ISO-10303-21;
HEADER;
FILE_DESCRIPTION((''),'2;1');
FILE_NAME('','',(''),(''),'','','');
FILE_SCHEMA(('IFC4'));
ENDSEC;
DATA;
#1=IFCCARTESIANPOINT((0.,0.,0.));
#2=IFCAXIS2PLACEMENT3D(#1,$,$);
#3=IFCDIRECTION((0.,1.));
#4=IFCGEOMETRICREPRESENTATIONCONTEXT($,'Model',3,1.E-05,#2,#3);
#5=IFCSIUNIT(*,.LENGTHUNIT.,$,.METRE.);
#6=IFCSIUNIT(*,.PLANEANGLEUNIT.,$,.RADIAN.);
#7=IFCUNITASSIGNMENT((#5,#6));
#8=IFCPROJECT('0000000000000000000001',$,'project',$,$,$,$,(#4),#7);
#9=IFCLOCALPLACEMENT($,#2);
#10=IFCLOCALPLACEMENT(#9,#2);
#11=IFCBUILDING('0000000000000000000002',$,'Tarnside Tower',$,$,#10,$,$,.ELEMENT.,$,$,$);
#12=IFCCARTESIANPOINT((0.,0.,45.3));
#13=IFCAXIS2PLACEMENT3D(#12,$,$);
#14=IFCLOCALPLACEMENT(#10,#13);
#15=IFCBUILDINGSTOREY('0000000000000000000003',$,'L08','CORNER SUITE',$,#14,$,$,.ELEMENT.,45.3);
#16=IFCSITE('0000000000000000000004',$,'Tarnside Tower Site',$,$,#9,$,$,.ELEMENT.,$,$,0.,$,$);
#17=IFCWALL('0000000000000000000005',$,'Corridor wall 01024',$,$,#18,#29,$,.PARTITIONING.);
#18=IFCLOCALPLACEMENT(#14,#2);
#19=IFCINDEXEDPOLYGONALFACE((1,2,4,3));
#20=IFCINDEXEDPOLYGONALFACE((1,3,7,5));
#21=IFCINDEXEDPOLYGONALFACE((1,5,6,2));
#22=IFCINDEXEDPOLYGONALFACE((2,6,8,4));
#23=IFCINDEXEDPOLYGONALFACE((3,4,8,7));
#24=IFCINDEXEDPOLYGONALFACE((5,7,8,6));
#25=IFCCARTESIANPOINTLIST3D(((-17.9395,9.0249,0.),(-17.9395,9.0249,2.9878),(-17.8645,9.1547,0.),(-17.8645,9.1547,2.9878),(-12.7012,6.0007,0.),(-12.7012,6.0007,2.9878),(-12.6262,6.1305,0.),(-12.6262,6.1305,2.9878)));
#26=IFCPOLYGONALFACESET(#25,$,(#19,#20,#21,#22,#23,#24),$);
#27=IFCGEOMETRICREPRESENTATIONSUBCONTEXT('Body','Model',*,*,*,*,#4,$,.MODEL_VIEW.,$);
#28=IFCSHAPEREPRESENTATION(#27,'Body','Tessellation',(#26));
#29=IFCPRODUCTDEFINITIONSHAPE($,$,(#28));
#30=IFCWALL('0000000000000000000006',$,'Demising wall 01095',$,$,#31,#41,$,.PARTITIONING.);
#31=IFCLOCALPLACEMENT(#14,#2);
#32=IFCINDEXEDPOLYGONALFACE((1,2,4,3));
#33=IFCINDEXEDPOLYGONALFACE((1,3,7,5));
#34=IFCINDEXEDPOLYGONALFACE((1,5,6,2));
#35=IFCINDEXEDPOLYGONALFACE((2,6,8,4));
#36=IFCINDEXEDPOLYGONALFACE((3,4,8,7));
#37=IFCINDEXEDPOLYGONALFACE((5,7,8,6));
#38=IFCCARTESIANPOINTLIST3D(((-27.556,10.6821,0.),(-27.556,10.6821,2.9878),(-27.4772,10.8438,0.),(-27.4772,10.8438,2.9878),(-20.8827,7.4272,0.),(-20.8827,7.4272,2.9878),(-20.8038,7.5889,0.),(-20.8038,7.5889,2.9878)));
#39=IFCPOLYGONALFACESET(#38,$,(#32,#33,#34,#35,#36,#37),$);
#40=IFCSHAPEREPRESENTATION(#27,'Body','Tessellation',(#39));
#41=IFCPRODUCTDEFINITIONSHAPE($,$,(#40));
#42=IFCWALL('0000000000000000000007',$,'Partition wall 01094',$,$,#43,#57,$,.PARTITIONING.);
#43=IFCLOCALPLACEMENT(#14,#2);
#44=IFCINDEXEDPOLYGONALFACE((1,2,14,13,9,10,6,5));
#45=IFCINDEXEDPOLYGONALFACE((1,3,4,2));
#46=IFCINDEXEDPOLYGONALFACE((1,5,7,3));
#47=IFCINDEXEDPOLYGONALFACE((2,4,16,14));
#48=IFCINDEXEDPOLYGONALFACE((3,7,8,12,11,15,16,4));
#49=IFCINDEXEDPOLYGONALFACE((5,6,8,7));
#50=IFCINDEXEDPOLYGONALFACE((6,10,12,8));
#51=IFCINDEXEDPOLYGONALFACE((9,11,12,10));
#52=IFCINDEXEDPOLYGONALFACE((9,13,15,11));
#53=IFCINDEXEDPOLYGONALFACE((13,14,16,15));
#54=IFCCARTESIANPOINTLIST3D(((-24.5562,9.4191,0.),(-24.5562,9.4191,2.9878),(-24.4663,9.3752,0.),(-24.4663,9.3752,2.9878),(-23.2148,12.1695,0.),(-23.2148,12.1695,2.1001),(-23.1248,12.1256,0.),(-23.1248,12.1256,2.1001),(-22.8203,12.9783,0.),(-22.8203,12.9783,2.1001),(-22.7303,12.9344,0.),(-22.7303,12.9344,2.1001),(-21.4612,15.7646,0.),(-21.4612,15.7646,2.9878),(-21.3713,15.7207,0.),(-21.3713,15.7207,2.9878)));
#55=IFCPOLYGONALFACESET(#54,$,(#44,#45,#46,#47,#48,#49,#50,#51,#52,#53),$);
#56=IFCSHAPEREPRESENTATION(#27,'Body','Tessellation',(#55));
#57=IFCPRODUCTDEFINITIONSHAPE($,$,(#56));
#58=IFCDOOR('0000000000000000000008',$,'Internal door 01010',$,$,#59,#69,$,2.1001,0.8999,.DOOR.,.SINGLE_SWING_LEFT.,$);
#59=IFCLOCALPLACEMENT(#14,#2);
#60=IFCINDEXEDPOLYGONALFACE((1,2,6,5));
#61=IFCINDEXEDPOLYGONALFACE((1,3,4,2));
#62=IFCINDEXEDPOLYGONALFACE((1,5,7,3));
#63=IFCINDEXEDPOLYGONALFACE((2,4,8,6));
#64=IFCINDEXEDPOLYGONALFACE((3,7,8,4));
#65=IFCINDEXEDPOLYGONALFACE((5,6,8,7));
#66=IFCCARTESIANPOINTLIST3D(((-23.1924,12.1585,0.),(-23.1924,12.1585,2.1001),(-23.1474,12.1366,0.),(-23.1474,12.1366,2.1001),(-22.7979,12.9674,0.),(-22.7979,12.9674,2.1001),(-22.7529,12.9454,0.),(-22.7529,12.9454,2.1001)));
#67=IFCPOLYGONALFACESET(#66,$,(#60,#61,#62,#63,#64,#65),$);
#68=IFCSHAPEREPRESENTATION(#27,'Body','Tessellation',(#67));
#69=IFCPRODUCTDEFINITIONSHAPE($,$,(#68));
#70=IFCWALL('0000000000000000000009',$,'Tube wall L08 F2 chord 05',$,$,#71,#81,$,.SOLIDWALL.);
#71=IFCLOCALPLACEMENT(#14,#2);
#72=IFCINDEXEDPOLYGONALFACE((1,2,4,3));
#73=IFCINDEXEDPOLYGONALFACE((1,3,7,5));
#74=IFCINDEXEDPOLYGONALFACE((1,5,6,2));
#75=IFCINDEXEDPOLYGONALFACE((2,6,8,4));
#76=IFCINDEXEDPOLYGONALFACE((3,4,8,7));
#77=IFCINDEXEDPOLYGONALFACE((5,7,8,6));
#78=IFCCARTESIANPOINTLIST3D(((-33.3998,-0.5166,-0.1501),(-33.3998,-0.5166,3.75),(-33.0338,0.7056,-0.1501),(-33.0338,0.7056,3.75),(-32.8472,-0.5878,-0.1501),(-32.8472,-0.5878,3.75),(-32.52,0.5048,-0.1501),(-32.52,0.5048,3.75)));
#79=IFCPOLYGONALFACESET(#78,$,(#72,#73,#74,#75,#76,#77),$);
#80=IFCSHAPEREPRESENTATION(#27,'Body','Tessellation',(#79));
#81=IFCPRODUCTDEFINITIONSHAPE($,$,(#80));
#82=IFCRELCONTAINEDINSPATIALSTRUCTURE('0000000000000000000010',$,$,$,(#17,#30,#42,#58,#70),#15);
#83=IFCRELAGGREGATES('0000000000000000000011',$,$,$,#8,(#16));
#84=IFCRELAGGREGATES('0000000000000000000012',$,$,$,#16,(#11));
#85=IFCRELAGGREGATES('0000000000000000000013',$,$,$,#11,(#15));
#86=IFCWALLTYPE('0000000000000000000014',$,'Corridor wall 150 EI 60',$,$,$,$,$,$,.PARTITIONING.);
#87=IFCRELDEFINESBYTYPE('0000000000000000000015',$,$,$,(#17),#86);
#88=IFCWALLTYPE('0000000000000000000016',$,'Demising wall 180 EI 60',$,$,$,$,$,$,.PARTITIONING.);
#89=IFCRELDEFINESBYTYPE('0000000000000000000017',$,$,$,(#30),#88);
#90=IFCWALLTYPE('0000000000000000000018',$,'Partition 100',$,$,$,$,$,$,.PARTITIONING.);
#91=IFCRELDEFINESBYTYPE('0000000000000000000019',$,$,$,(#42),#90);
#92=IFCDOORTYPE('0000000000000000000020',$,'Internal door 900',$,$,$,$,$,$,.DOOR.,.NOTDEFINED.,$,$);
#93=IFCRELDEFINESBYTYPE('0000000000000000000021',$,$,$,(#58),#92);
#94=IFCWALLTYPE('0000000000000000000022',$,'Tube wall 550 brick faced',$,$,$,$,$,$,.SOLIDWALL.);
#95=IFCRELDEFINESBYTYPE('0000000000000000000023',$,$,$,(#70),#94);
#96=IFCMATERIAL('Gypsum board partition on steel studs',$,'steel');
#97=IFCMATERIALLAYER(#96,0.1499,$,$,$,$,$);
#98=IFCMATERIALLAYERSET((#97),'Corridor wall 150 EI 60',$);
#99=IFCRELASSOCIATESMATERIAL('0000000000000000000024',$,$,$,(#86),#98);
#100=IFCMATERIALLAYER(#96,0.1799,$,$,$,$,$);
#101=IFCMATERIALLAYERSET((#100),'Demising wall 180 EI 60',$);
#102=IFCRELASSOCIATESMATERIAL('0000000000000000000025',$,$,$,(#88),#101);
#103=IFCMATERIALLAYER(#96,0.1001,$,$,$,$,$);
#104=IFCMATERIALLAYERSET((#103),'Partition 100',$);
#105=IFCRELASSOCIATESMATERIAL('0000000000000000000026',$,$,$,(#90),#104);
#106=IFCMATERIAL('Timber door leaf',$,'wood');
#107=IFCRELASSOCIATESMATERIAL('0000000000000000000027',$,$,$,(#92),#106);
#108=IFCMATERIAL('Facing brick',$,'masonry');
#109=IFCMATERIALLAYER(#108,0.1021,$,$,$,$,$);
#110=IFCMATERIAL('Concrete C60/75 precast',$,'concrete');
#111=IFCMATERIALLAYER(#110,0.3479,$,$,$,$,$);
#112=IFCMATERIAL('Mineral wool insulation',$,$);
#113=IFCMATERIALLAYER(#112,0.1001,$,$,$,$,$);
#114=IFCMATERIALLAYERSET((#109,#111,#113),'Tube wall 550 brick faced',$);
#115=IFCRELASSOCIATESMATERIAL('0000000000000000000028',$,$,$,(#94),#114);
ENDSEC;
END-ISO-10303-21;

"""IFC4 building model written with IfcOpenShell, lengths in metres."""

from ifc_helpers import new_model, si_unit, direction, frame, frame_2d, origin, place, context, subcontext, project, spatial, polyline, rectangle, outline, extrude, material, layer, layer_set, type_object, element, fill, save


model = new_model("IFC4")

# Units and contexts
model_context = context("Model", 3, precision=1e-05, world=origin(), true_north=direction((0.0, 1.0)))
body_context = subcontext(model_context, "Body", "Model", "MODEL_VIEW")
ifc_project = project(units=[si_unit("LENGTHUNIT", "METRE"), si_unit("PLANEANGLEUNIT", "RADIAN")], contexts=[model_context])

# Site, building, storey
site_placement = place(None, origin())
site = spatial("IfcSite", under=ifc_project, at=site_placement, Name="Tarnside Tower Site", CompositionType="ELEMENT", RefElevation=0.0)
building_placement = place(site_placement, origin())
building = spatial("IfcBuilding", under=site, at=building_placement, Name="Tarnside Tower", CompositionType="ELEMENT")
storey_placement = place(building_placement, frame((0.0, 0.0, 45.3)))
storey = spatial("IfcBuildingStorey", under=building, at=storey_placement, Name="L08", Description="CORNER SUITE", CompositionType="ELEMENT", Elevation=45.3)

# Shared definitions
ifc_material_1 = material(Name="Gypsum board partition on steel studs", Category="steel")

# Shared definitions
ifc_material_2 = material(Name="Timber door leaf", Category="wood")

# Shared definitions
ifc_layer_1 = layer(ifc_material_1, 0.1499)
ifc_layer_set_1 = layer_set([ifc_layer_1], Name="Corridor wall 150 EI 60")
wall_type_1 = type_object("IfcWallType", Name="Corridor wall 150 EI 60", PredefinedType="PARTITIONING", material=ifc_layer_set_1)

# Walls
wall_1_placement = place(storey_placement, frame((-17.9021, 9.0898, 0.0), z_axis=(0.0, 0.0, 1.0), x_axis=(0.866036, -0.499981, 0.0)))
element("IfcWall", 1, at=wall_1_placement, inside=storey, type_object=wall_type_1, Name="Corridor wall 01024", PredefinedType="PARTITIONING", context=body_context, shape_type="SweptSolid", body=[
    extrude(rectangle(XDim=6.0486, YDim=0.1499, at=frame_2d((3.0244, 0.0))), origin(), (0.0, 0.0, 1.0), 2.9878),
])
ifc_layer_2 = layer(ifc_material_1, 0.1799)
ifc_layer_set_2 = layer_set([ifc_layer_2], Name="Demising wall 180 EI 60")
wall_type_2 = type_object("IfcWallType", Name="Demising wall 180 EI 60", PredefinedType="PARTITIONING", material=ifc_layer_set_2)
wall_2_placement = place(storey_placement, frame((-27.5166, 10.7629, 0.0), z_axis=(0.0, 0.0, 1.0), x_axis=(0.89879, -0.43838, 0.0)))
element("IfcWall", 2, at=wall_2_placement, inside=storey, type_object=wall_type_2, Name="Demising wall 01095", PredefinedType="PARTITIONING", context=body_context, shape_type="SweptSolid", body=[
    extrude(rectangle(XDim=7.4248, YDim=0.1799, at=frame_2d((3.7124, 0.0))), origin(), (0.0, 0.0, 1.0), 2.9878),
])

# Wall, opening, door
ifc_layer_3 = layer(ifc_material_1, 0.1001)
ifc_layer_set_3 = layer_set([ifc_layer_3], Name="Partition 100")
wall_type_3 = type_object("IfcWallType", Name="Partition 100", PredefinedType="PARTITIONING", material=ifc_layer_set_3)
wall_3_placement = place(storey_placement, frame((-21.4163, 15.7427, 0.0), z_axis=(0.0, 0.0, 1.0), x_axis=(-0.438381, -0.898789, 0.0)))
wall_3 = element("IfcWall", 3, at=wall_3_placement, inside=storey, type_object=wall_type_3, Name="Partition wall 01094", PredefinedType="PARTITIONING", context=body_context, shape_type="SweptSolid", body=[
    extrude(rectangle(XDim=7.0601, YDim=0.1001, at=frame_2d((3.53, 0.0))), origin(), (0.0, 0.0, 1.0), 2.9878),
])
opening_1_placement = place(wall_3_placement, frame((3.1001, 0.0, 0.0)))
opening_1 = element("IfcOpeningElement", 4, at=opening_1_placement, cuts=wall_3, PredefinedType="OPENING", context=body_context, shape_type="SweptSolid", body=[
    extrude(rectangle(XDim=0.8999, YDim=2.1001, at=frame_2d((0.45, 1.05))), frame((0.0, 0.0601, 0.0), z_axis=(0.0, -1.0, 0.0), x_axis=(1.0, 0.0, 0.0)), (0.0, 0.0, 1.0), 0.1201),
])
door_type_1 = type_object("IfcDoorType", Name="Internal door 900", OperationType="NOTDEFINED", PredefinedType="DOOR", material=ifc_material_2)
door_1_placement = place(opening_1_placement, origin())
door_1 = element("IfcDoor", 5, at=door_1_placement, inside=storey, type_object=door_type_1, Name="Internal door 01010", OperationType="SINGLE_SWING_LEFT", OverallHeight=2.1001, OverallWidth=0.8999, PredefinedType="DOOR", context=body_context, shape_type="SweptSolid", body=[
    extrude(rectangle(XDim=0.8999, YDim=2.1001, at=frame_2d((0.45, 1.05))), frame((0.0, 0.0249, 0.0), z_axis=(0.0, -1.0, 0.0), x_axis=(1.0, 0.0, 0.0)), (0.0, 0.0, 1.0), 0.05),
])
fill(opening_1, door_1)

# Wall
ifc_material_3 = material(Name="Facing brick", Category="masonry")
ifc_layer_4 = layer(ifc_material_3, 0.1021)
ifc_material_4 = material(Name="Concrete C60/75 precast", Category="concrete")
ifc_layer_5 = layer(ifc_material_4, 0.3479)
ifc_material_5 = material(Name="Mineral wool insulation")
ifc_layer_6 = layer(ifc_material_5, 0.1001)
ifc_layer_set_4 = layer_set([ifc_layer_4, ifc_layer_5, ifc_layer_6], Name="Tube wall 550 brick faced")
wall_type_4 = type_object("IfcWallType", Name="Tube wall 550 brick faced", PredefinedType="SOLIDWALL", material=ifc_layer_set_4)
wall_4_placement = place(storey_placement, frame((-32.7769, 0.6052, -0.1501), z_axis=(0.0, 0.0, 1.0), x_axis=(-0.286921, -0.957954, 0.0)))
element("IfcWall", 6, at=wall_4_placement, inside=storey, type_object=wall_type_4, Name="Tube wall L08 F2 chord 05", PredefinedType="SOLIDWALL", context=body_context, shape_type="SweptSolid", body=[
    extrude(outline(polyline([(-0.0225, -0.2749), (1.2534, -0.2749), (1.1631, 0.2749), (0.0225, 0.2749), (-0.0225, -0.2749)])), origin(), (0.0, 0.0, 1.0), 3.9001),
])

save(model, "model.ifc")
